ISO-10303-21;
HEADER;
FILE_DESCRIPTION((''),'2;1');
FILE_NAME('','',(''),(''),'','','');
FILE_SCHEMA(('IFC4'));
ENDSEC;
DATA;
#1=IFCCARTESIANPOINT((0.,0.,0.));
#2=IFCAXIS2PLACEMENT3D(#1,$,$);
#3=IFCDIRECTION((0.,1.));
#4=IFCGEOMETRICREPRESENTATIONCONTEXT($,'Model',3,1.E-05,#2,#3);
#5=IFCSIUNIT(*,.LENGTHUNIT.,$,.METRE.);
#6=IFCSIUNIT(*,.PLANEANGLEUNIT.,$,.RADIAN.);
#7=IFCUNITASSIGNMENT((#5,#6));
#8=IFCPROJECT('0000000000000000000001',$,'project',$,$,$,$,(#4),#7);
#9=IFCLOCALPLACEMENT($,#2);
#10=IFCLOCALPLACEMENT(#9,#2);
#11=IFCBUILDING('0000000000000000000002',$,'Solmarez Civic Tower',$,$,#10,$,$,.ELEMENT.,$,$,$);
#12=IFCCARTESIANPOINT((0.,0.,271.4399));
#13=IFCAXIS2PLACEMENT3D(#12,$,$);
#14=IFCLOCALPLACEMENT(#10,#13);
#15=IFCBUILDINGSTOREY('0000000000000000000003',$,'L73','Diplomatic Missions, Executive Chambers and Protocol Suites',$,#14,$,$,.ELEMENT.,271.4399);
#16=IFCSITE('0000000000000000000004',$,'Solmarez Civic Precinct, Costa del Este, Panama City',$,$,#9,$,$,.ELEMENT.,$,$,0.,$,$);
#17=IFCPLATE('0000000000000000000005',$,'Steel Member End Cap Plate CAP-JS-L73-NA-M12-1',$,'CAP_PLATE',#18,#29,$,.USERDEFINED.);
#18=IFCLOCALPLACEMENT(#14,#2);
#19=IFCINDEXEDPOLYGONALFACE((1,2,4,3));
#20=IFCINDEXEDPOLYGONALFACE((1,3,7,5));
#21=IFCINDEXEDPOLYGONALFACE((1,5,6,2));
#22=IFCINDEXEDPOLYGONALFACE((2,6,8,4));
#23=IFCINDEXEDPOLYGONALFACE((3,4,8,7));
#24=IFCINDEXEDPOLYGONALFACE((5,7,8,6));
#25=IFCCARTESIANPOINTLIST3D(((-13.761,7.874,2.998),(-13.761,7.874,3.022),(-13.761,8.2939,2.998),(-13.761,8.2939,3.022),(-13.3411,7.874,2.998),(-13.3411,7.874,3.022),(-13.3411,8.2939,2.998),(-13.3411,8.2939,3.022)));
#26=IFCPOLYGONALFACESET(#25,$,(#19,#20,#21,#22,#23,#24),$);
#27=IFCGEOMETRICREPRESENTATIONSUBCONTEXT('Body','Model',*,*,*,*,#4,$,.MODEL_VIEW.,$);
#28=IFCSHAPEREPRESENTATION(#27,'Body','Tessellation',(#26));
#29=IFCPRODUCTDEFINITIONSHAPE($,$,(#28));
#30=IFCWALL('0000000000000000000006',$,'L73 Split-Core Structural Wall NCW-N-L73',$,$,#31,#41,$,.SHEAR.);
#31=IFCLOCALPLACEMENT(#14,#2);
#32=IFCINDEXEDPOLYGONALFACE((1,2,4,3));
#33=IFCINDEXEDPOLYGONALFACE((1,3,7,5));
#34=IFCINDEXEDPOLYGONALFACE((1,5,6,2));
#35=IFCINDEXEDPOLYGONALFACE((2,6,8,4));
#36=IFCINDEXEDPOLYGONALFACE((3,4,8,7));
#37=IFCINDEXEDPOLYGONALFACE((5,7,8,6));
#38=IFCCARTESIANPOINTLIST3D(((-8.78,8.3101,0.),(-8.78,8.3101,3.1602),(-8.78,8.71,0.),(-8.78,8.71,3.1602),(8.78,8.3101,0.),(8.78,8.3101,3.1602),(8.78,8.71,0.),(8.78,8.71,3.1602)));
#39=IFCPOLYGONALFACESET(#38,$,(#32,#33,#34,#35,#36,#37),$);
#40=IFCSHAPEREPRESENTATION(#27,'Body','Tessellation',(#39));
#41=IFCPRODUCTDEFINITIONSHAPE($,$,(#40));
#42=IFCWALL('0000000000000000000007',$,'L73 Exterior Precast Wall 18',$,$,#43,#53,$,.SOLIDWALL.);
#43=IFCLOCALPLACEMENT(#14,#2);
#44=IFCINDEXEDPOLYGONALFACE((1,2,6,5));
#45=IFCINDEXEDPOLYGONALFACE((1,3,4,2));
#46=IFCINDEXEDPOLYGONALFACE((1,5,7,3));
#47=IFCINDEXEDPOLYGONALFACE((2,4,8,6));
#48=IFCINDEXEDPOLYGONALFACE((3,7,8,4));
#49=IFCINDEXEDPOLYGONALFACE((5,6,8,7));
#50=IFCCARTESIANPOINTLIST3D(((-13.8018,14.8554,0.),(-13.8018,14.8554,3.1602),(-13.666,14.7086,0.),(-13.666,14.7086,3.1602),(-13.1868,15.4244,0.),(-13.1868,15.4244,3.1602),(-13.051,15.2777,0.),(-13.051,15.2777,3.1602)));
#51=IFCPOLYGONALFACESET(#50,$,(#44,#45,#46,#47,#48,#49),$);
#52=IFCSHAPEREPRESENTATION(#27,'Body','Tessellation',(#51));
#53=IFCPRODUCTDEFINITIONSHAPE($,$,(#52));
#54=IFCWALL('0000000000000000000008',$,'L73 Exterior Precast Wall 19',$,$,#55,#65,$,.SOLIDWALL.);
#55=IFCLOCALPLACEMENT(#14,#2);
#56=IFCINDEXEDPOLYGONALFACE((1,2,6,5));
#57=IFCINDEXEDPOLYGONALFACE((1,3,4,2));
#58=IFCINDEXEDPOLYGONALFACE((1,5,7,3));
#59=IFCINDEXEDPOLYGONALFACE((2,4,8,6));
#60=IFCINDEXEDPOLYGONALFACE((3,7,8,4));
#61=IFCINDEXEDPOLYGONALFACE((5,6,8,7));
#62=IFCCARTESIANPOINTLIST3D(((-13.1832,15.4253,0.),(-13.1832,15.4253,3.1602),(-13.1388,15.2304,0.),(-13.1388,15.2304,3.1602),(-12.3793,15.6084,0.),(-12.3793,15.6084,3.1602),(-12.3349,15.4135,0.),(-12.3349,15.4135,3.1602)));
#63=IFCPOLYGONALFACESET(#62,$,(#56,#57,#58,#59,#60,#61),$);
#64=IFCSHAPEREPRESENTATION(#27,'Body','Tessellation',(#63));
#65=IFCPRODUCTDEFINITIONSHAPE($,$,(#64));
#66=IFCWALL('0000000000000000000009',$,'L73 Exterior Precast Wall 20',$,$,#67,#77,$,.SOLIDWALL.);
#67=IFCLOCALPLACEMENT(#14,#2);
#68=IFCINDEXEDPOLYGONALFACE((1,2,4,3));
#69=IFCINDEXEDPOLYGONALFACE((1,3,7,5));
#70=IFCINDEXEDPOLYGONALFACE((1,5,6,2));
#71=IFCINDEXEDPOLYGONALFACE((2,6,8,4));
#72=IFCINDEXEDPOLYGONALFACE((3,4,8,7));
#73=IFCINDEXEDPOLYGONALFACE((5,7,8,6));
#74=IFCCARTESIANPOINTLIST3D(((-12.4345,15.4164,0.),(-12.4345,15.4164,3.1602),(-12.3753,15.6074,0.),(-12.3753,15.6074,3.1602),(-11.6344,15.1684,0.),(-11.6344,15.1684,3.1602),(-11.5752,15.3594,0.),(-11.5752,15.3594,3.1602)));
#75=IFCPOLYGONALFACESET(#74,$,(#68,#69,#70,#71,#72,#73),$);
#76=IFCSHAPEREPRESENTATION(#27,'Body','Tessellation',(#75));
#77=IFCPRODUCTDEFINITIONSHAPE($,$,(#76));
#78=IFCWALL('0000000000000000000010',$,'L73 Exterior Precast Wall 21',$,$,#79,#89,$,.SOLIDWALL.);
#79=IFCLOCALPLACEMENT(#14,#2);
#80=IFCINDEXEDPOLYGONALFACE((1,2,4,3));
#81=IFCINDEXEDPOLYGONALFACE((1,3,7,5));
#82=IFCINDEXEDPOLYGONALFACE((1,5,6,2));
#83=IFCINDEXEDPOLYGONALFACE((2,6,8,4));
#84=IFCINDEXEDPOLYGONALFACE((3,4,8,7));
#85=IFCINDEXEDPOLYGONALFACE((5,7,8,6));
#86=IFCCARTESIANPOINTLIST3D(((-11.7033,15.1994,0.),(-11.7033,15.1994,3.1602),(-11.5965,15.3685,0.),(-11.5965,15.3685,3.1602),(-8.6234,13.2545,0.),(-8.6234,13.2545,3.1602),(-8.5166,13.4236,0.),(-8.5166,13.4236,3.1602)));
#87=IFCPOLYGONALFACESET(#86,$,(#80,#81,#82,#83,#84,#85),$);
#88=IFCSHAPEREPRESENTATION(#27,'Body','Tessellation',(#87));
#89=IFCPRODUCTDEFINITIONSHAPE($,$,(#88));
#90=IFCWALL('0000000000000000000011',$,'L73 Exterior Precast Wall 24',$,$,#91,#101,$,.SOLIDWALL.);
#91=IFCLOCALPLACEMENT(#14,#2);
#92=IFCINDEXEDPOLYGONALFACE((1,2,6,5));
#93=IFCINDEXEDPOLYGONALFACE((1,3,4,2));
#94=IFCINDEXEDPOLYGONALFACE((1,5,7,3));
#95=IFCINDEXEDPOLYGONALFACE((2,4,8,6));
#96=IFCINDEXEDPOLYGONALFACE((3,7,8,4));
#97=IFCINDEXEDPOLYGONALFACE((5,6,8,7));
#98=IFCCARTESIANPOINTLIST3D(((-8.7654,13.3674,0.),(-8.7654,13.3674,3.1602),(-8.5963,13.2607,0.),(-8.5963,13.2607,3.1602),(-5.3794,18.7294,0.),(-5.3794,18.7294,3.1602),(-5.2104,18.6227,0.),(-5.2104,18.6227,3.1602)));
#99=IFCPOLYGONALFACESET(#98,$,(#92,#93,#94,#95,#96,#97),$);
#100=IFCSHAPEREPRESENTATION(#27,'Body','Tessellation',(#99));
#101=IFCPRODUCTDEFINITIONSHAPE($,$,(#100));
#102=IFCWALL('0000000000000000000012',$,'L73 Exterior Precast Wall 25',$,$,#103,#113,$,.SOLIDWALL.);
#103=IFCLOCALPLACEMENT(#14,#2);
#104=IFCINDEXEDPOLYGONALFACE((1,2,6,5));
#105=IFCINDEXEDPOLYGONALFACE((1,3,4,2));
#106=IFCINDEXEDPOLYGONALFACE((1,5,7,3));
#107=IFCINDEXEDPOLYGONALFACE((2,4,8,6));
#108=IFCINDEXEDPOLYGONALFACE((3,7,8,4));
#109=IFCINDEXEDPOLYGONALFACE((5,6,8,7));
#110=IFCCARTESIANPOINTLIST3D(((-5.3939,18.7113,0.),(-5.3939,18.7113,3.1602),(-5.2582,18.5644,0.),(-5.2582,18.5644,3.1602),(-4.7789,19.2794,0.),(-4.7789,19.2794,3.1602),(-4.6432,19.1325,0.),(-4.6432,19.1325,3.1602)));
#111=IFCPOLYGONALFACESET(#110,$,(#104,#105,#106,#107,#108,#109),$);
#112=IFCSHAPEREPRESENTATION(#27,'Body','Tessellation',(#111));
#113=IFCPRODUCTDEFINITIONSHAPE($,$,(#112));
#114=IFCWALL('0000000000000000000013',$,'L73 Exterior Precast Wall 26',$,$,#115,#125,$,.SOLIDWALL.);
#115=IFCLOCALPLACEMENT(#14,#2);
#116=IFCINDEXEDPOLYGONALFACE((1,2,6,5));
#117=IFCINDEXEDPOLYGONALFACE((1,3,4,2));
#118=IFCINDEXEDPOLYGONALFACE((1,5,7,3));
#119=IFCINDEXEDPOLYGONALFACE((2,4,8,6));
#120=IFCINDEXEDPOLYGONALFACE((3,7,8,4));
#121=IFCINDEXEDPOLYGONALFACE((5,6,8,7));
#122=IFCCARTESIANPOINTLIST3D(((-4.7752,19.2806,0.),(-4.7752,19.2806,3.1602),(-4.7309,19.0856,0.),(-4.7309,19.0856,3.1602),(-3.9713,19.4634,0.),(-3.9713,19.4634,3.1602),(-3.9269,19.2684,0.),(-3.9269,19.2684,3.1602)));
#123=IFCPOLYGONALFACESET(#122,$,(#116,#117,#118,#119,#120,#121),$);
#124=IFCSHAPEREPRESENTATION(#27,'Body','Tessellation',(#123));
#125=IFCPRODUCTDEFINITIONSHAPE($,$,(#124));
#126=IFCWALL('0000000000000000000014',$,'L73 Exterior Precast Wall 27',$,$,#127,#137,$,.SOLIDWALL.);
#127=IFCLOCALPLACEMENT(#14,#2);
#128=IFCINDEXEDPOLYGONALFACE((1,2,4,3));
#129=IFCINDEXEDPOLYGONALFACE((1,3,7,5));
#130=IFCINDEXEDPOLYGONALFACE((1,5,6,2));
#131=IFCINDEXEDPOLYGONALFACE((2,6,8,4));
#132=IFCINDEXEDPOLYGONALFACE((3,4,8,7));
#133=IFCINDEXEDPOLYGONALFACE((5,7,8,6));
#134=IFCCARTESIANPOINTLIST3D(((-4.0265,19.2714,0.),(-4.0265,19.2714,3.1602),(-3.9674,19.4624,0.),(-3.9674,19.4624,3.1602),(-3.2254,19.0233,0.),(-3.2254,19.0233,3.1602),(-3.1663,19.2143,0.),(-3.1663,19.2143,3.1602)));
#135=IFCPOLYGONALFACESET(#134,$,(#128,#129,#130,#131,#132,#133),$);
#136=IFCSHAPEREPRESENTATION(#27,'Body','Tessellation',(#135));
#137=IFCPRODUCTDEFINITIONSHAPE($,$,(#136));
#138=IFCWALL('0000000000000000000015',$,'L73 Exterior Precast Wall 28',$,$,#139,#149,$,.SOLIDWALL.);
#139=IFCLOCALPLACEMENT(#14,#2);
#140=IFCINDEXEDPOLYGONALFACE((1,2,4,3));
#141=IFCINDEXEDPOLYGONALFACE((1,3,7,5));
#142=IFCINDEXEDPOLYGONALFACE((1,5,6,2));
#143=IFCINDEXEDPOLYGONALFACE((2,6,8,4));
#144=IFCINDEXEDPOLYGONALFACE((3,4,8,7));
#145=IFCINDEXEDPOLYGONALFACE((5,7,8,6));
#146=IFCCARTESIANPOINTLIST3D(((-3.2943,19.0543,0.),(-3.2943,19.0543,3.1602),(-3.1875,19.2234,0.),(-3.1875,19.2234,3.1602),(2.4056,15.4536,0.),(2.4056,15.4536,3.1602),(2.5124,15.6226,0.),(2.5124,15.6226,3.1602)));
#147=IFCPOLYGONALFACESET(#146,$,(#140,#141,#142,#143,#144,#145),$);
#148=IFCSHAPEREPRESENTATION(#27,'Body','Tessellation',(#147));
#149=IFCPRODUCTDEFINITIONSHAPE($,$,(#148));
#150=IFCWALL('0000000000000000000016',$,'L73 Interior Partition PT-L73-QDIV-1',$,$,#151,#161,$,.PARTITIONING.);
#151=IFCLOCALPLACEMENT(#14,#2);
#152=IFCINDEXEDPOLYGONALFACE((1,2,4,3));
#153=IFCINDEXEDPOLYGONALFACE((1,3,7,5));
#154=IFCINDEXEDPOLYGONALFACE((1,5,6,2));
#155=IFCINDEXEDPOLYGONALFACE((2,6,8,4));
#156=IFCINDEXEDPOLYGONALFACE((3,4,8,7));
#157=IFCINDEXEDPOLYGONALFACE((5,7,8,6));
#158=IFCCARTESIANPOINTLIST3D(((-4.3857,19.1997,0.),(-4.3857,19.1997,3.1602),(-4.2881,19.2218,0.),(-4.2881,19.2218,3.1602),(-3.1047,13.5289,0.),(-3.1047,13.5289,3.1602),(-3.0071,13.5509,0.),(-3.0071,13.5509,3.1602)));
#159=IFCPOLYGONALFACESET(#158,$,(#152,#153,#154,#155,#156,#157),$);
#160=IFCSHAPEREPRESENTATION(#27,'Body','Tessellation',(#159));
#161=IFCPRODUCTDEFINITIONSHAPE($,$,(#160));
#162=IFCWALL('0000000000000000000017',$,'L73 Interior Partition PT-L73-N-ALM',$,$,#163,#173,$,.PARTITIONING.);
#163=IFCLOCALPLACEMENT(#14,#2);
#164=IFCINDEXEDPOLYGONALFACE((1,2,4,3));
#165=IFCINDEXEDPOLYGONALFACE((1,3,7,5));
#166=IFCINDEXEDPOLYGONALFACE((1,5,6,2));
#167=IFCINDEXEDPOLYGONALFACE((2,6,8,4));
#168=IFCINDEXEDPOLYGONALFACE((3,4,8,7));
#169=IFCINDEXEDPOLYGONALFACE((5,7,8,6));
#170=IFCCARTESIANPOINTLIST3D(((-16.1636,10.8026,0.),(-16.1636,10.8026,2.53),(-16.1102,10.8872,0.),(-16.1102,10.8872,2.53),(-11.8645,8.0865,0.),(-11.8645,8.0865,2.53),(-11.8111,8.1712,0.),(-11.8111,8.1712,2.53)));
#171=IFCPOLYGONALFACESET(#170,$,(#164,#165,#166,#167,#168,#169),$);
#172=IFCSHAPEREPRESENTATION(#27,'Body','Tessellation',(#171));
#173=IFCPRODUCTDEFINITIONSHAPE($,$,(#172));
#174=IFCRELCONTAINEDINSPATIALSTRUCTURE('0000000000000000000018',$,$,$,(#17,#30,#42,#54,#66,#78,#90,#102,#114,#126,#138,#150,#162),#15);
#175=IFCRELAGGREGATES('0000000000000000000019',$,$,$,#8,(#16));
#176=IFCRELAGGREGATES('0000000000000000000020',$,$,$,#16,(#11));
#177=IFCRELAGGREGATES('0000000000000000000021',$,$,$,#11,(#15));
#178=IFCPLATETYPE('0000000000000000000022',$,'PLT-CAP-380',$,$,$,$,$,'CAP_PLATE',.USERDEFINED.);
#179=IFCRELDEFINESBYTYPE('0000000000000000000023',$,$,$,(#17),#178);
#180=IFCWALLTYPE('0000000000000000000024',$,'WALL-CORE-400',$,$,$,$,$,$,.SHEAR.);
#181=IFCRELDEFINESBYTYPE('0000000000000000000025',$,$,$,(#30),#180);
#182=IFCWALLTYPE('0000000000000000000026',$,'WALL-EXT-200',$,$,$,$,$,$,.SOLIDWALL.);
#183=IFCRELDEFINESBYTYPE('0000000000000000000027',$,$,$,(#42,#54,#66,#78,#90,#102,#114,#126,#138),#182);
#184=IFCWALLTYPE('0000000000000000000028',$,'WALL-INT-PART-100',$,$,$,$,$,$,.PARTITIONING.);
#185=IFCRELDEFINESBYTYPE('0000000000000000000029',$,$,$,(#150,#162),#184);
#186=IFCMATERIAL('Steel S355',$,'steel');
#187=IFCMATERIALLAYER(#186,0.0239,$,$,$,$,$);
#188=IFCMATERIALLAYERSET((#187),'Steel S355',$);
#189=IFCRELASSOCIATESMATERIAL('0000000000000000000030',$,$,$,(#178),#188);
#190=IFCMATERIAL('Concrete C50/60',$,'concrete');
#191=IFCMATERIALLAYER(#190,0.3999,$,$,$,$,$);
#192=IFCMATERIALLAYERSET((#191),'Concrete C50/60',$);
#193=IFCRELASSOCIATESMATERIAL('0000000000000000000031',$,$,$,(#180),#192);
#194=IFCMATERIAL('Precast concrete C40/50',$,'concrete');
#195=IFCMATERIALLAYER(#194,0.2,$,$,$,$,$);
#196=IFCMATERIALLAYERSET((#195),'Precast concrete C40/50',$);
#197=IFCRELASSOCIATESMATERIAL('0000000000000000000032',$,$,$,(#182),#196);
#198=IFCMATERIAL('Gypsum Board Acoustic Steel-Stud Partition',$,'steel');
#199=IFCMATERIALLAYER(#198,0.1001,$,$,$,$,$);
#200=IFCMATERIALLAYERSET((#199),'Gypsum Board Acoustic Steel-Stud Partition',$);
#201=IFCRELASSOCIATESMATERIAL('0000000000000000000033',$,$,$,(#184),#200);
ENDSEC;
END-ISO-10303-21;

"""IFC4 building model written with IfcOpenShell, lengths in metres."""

from ifc_helpers import new_model, si_unit, direction, frame, frame_2d, origin, origin_2d, place, context, subcontext, project, spatial, rectangle, extrude, material, layer, layer_set, type_object, element, save


model = new_model("IFC4")

# Units and contexts
model_context = context("Model", 3, precision=1e-05, world=origin(), true_north=direction((0.0, 1.0)))
body_context = subcontext(model_context, "Body", "Model", "MODEL_VIEW")
ifc_project = project(units=[si_unit("LENGTHUNIT", "METRE"), si_unit("PLANEANGLEUNIT", "RADIAN")], contexts=[model_context])

# Site, building, storey
site_placement = place(None, origin())
site = spatial("IfcSite", under=ifc_project, at=site_placement, Name="Solmarez Civic Precinct, Costa del Este, Panama City", CompositionType="ELEMENT", RefElevation=0.0)
building_placement = place(site_placement, origin())
building = spatial("IfcBuilding", under=site, at=building_placement, Name="Solmarez Civic Tower", CompositionType="ELEMENT")
storey_placement = place(building_placement, frame((0.0, 0.0, 271.4399)))
storey = spatial("IfcBuildingStorey", under=building, at=storey_placement, Name="L73", Description="Diplomatic Missions, Executive Chambers and Protocol Suites", CompositionType="ELEMENT", Elevation=271.4399)

# Shared definitions
ifc_material_1 = material(Name="Concrete C50/60", Category="concrete")

# Shared definitions
ifc_material_2 = material(Name="Steel S355", Category="steel")

# Plate
ifc_layer_1 = layer(ifc_material_2, 0.0239)
ifc_layer_set_1 = layer_set([ifc_layer_1], Name="Steel S355")
plate_type = type_object("IfcPlateType", Name="PLT-CAP-380", ElementType="CAP_PLATE", PredefinedType="USERDEFINED", material=ifc_layer_set_1)
for number, where, z_axis, x_axis, name in (
    (1, (-13.551, 8.084, 2.998), (0.0, 0.0, 1.0), (1.0, 0.0, 0.0), "Steel Member End Cap Plate CAP-JS-L73-NA-M12-1"),
):
    element("IfcPlate", number, at=place(storey_placement, frame(where, z_axis=z_axis, x_axis=x_axis)), inside=storey, type_object=plate_type, Name=name, ObjectType="CAP_PLATE", PredefinedType="USERDEFINED", context=body_context, shape_type="SweptSolid", body=[
        extrude(rectangle(XDim=0.4199, YDim=0.4199, at=origin_2d()), origin(), (0.0, 0.0, 1.0), 0.0239),
    ])

# Walls
ifc_layer_2 = layer(ifc_material_1, 0.3999)
ifc_layer_set_2 = layer_set([ifc_layer_2], Name="Concrete C50/60")
wall_type_1 = type_object("IfcWallType", Name="WALL-CORE-400", PredefinedType="SHEAR", material=ifc_layer_set_2)
wall_1_placement = place(storey_placement, frame((-8.78, 8.51, 0.0), z_axis=(0.0, 0.0, 1.0), x_axis=(1.0, 0.0, 0.0)))
element("IfcWall", 2, at=wall_1_placement, inside=storey, type_object=wall_type_1, Name="L73 Split-Core Structural Wall NCW-N-L73", PredefinedType="SHEAR", context=body_context, shape_type="SweptSolid", body=[
    extrude(rectangle(XDim=17.5601, YDim=0.3999, at=frame_2d((8.78, 0.0))), origin(), (0.0, 0.0, 1.0), 3.1602),
])
ifc_material_3 = material(Name="Precast concrete C40/50", Category="concrete")
ifc_layer_3 = layer(ifc_material_3, 0.2)
ifc_layer_set_3 = layer_set([ifc_layer_3], Name="Precast concrete C40/50")
wall_type_2 = type_object("IfcWallType", Name="WALL-EXT-200", PredefinedType="SOLIDWALL", material=ifc_layer_set_3)
wall_2_placement = place(storey_placement, frame((-13.7339, 14.782, 0.0), z_axis=(0.0, 0.0, 1.0), x_axis=(0.733965, 0.679187, 0.0)))
element("IfcWall", 3, at=wall_2_placement, inside=storey, type_object=wall_type_2, Name="L73 Exterior Precast Wall 18", PredefinedType="SOLIDWALL", context=body_context, shape_type="SweptSolid", body=[
    extrude(rectangle(XDim=0.8379, YDim=0.2, at=frame_2d((0.4189, 0.0))), origin(), (0.0, 0.0, 1.0), 3.1602),
])
wall_3_placement = place(storey_placement, frame((-13.1609, 15.3279, 0.0), z_axis=(0.0, 0.0, 1.0), x_axis=(0.975031, 0.222069, 0.0)))
element("IfcWall", 4, at=wall_3_placement, inside=storey, type_object=wall_type_2, Name="L73 Exterior Precast Wall 19", PredefinedType="SOLIDWALL", context=body_context, shape_type="SweptSolid", body=[
    extrude(rectangle(XDim=0.8245, YDim=0.2, at=frame_2d((0.4121, 0.0))), origin(), (0.0, 0.0, 1.0), 3.1602),
])
wall_4_placement = place(storey_placement, frame((-12.405, 15.512, 0.0), z_axis=(0.0, 0.0, 1.0), x_axis=(0.955147, -0.296133, 0.0)))
element("IfcWall", 5, at=wall_4_placement, inside=storey, type_object=wall_type_2, Name="L73 Exterior Precast Wall 20", PredefinedType="SOLIDWALL", context=body_context, shape_type="SweptSolid", body=[
    extrude(rectangle(XDim=0.8376, YDim=0.2, at=frame_2d((0.4189, 0.0))), origin(), (0.0, 0.0, 1.0), 3.1602),
])
wall_5_placement = place(storey_placement, frame((-11.6499, 15.2839, 0.0), z_axis=(0.0, 0.0, 1.0), x_axis=(0.84553, -0.533927, 0.0)))
element("IfcWall", 6, at=wall_5_placement, inside=storey, type_object=wall_type_2, Name="L73 Exterior Precast Wall 21", PredefinedType="SOLIDWALL", context=body_context, shape_type="SweptSolid", body=[
    extrude(rectangle(XDim=3.6426, YDim=0.2, at=frame_2d((1.8213, 0.0))), origin(), (0.0, 0.0, 1.0), 3.1602),
])
wall_6_placement = place(storey_placement, frame((-8.6809, 13.314, 0.0), z_axis=(0.0, 0.0, 1.0), x_axis=(0.533928, 0.84553, 0.0)))
element("IfcWall", 7, at=wall_6_placement, inside=storey, type_object=wall_type_2, Name="L73 Exterior Precast Wall 24", PredefinedType="SOLIDWALL", context=body_context, shape_type="SweptSolid", body=[
    extrude(rectangle(XDim=6.3416, YDim=0.2, at=frame_2d((3.1709, 0.0))), origin(), (0.0, 0.0, 1.0), 3.1602),
])
wall_7_placement = place(storey_placement, frame((-5.3259, 18.6379, 0.0), z_axis=(0.0, 0.0, 1.0), x_axis=(0.734546, 0.678559, 0.0)))
element("IfcWall", 8, at=wall_7_placement, inside=storey, type_object=wall_type_2, Name="L73 Exterior Precast Wall 25", PredefinedType="SOLIDWALL", context=body_context, shape_type="SweptSolid", body=[
    extrude(rectangle(XDim=0.8372, YDim=0.2, at=frame_2d((0.4185, 0.0))), origin(), (0.0, 0.0, 1.0), 3.1602),
])
wall_8_placement = place(storey_placement, frame((-4.7529, 19.1831, 0.0), z_axis=(0.0, 0.0, 1.0), x_axis=(0.975095, 0.221787, 0.0)))
element("IfcWall", 9, at=wall_8_placement, inside=storey, type_object=wall_type_2, Name="L73 Exterior Precast Wall 26", PredefinedType="SOLIDWALL", context=body_context, shape_type="SweptSolid", body=[
    extrude(rectangle(XDim=0.8245, YDim=0.2, at=frame_2d((0.4121, 0.0))), origin(), (0.0, 0.0, 1.0), 3.1602),
])
wall_9_placement = place(storey_placement, frame((-3.9971, 19.3669, 0.0), z_axis=(0.0, 0.0, 1.0), x_axis=(0.955249, -0.295804, 0.0)))
element("IfcWall", 10, at=wall_9_placement, inside=storey, type_object=wall_type_2, Name="L73 Exterior Precast Wall 27", PredefinedType="SOLIDWALL", context=body_context, shape_type="SweptSolid", body=[
    extrude(rectangle(XDim=0.8386, YDim=0.2, at=frame_2d((0.4194, 0.0))), origin(), (0.0, 0.0, 1.0), 3.1602),
])
wall_10_placement = place(storey_placement, frame((-3.241, 19.1389, 0.0), z_axis=(0.0, 0.0, 1.0), x_axis=(0.845431, -0.534084, 0.0)))
element("IfcWall", 11, at=wall_10_placement, inside=storey, type_object=wall_type_2, Name="L73 Exterior Precast Wall 28", PredefinedType="SOLIDWALL", context=body_context, shape_type="SweptSolid", body=[
    extrude(rectangle(XDim=6.7419, YDim=0.2, at=frame_2d((3.3711, 0.0))), origin(), (0.0, 0.0, 1.0), 3.1602),
])
ifc_material_4 = material(Name="Gypsum Board Acoustic Steel-Stud Partition", Category="steel")
ifc_layer_4 = layer(ifc_material_4, 0.1001)
ifc_layer_set_4 = layer_set([ifc_layer_4], Name="Gypsum Board Acoustic Steel-Stud Partition")
wall_type_3 = type_object("IfcWallType", Name="WALL-INT-PART-100", PredefinedType="PARTITIONING", material=ifc_layer_set_4)
wall_11_placement = place(storey_placement, frame((-3.0559, 13.54, 0.0), z_axis=(0.0, 0.0, 1.0), x_axis=(-0.220339, 0.975423, 0.0)))
element("IfcWall", 12, at=wall_11_placement, inside=storey, type_object=wall_type_3, Name="L73 Interior Partition PT-L73-QDIV-1", PredefinedType="PARTITIONING", context=body_context, shape_type="SweptSolid", body=[
    extrude(rectangle(XDim=5.8137, YDim=0.1001, at=frame_2d((2.9067, 0.0))), origin(), (0.0, 0.0, 1.0), 3.1602),
])
wall_12_placement = place(storey_placement, frame((-11.8379, 8.1289, 0.0), z_axis=(0.0, 0.0, 1.0), x_axis=(-0.845412, 0.534114, 0.0)))
element("IfcWall", 13, at=wall_12_placement, inside=storey, type_object=wall_type_3, Name="L73 Interior Partition PT-L73-N-ALM", PredefinedType="PARTITIONING", context=body_context, shape_type="SweptSolid", body=[
    extrude(rectangle(XDim=5.0852, YDim=0.1001, at=frame_2d((2.5425, 0.0))), origin(), (0.0, 0.0, 1.0), 2.53),
])

save(model, "model.ifc")
